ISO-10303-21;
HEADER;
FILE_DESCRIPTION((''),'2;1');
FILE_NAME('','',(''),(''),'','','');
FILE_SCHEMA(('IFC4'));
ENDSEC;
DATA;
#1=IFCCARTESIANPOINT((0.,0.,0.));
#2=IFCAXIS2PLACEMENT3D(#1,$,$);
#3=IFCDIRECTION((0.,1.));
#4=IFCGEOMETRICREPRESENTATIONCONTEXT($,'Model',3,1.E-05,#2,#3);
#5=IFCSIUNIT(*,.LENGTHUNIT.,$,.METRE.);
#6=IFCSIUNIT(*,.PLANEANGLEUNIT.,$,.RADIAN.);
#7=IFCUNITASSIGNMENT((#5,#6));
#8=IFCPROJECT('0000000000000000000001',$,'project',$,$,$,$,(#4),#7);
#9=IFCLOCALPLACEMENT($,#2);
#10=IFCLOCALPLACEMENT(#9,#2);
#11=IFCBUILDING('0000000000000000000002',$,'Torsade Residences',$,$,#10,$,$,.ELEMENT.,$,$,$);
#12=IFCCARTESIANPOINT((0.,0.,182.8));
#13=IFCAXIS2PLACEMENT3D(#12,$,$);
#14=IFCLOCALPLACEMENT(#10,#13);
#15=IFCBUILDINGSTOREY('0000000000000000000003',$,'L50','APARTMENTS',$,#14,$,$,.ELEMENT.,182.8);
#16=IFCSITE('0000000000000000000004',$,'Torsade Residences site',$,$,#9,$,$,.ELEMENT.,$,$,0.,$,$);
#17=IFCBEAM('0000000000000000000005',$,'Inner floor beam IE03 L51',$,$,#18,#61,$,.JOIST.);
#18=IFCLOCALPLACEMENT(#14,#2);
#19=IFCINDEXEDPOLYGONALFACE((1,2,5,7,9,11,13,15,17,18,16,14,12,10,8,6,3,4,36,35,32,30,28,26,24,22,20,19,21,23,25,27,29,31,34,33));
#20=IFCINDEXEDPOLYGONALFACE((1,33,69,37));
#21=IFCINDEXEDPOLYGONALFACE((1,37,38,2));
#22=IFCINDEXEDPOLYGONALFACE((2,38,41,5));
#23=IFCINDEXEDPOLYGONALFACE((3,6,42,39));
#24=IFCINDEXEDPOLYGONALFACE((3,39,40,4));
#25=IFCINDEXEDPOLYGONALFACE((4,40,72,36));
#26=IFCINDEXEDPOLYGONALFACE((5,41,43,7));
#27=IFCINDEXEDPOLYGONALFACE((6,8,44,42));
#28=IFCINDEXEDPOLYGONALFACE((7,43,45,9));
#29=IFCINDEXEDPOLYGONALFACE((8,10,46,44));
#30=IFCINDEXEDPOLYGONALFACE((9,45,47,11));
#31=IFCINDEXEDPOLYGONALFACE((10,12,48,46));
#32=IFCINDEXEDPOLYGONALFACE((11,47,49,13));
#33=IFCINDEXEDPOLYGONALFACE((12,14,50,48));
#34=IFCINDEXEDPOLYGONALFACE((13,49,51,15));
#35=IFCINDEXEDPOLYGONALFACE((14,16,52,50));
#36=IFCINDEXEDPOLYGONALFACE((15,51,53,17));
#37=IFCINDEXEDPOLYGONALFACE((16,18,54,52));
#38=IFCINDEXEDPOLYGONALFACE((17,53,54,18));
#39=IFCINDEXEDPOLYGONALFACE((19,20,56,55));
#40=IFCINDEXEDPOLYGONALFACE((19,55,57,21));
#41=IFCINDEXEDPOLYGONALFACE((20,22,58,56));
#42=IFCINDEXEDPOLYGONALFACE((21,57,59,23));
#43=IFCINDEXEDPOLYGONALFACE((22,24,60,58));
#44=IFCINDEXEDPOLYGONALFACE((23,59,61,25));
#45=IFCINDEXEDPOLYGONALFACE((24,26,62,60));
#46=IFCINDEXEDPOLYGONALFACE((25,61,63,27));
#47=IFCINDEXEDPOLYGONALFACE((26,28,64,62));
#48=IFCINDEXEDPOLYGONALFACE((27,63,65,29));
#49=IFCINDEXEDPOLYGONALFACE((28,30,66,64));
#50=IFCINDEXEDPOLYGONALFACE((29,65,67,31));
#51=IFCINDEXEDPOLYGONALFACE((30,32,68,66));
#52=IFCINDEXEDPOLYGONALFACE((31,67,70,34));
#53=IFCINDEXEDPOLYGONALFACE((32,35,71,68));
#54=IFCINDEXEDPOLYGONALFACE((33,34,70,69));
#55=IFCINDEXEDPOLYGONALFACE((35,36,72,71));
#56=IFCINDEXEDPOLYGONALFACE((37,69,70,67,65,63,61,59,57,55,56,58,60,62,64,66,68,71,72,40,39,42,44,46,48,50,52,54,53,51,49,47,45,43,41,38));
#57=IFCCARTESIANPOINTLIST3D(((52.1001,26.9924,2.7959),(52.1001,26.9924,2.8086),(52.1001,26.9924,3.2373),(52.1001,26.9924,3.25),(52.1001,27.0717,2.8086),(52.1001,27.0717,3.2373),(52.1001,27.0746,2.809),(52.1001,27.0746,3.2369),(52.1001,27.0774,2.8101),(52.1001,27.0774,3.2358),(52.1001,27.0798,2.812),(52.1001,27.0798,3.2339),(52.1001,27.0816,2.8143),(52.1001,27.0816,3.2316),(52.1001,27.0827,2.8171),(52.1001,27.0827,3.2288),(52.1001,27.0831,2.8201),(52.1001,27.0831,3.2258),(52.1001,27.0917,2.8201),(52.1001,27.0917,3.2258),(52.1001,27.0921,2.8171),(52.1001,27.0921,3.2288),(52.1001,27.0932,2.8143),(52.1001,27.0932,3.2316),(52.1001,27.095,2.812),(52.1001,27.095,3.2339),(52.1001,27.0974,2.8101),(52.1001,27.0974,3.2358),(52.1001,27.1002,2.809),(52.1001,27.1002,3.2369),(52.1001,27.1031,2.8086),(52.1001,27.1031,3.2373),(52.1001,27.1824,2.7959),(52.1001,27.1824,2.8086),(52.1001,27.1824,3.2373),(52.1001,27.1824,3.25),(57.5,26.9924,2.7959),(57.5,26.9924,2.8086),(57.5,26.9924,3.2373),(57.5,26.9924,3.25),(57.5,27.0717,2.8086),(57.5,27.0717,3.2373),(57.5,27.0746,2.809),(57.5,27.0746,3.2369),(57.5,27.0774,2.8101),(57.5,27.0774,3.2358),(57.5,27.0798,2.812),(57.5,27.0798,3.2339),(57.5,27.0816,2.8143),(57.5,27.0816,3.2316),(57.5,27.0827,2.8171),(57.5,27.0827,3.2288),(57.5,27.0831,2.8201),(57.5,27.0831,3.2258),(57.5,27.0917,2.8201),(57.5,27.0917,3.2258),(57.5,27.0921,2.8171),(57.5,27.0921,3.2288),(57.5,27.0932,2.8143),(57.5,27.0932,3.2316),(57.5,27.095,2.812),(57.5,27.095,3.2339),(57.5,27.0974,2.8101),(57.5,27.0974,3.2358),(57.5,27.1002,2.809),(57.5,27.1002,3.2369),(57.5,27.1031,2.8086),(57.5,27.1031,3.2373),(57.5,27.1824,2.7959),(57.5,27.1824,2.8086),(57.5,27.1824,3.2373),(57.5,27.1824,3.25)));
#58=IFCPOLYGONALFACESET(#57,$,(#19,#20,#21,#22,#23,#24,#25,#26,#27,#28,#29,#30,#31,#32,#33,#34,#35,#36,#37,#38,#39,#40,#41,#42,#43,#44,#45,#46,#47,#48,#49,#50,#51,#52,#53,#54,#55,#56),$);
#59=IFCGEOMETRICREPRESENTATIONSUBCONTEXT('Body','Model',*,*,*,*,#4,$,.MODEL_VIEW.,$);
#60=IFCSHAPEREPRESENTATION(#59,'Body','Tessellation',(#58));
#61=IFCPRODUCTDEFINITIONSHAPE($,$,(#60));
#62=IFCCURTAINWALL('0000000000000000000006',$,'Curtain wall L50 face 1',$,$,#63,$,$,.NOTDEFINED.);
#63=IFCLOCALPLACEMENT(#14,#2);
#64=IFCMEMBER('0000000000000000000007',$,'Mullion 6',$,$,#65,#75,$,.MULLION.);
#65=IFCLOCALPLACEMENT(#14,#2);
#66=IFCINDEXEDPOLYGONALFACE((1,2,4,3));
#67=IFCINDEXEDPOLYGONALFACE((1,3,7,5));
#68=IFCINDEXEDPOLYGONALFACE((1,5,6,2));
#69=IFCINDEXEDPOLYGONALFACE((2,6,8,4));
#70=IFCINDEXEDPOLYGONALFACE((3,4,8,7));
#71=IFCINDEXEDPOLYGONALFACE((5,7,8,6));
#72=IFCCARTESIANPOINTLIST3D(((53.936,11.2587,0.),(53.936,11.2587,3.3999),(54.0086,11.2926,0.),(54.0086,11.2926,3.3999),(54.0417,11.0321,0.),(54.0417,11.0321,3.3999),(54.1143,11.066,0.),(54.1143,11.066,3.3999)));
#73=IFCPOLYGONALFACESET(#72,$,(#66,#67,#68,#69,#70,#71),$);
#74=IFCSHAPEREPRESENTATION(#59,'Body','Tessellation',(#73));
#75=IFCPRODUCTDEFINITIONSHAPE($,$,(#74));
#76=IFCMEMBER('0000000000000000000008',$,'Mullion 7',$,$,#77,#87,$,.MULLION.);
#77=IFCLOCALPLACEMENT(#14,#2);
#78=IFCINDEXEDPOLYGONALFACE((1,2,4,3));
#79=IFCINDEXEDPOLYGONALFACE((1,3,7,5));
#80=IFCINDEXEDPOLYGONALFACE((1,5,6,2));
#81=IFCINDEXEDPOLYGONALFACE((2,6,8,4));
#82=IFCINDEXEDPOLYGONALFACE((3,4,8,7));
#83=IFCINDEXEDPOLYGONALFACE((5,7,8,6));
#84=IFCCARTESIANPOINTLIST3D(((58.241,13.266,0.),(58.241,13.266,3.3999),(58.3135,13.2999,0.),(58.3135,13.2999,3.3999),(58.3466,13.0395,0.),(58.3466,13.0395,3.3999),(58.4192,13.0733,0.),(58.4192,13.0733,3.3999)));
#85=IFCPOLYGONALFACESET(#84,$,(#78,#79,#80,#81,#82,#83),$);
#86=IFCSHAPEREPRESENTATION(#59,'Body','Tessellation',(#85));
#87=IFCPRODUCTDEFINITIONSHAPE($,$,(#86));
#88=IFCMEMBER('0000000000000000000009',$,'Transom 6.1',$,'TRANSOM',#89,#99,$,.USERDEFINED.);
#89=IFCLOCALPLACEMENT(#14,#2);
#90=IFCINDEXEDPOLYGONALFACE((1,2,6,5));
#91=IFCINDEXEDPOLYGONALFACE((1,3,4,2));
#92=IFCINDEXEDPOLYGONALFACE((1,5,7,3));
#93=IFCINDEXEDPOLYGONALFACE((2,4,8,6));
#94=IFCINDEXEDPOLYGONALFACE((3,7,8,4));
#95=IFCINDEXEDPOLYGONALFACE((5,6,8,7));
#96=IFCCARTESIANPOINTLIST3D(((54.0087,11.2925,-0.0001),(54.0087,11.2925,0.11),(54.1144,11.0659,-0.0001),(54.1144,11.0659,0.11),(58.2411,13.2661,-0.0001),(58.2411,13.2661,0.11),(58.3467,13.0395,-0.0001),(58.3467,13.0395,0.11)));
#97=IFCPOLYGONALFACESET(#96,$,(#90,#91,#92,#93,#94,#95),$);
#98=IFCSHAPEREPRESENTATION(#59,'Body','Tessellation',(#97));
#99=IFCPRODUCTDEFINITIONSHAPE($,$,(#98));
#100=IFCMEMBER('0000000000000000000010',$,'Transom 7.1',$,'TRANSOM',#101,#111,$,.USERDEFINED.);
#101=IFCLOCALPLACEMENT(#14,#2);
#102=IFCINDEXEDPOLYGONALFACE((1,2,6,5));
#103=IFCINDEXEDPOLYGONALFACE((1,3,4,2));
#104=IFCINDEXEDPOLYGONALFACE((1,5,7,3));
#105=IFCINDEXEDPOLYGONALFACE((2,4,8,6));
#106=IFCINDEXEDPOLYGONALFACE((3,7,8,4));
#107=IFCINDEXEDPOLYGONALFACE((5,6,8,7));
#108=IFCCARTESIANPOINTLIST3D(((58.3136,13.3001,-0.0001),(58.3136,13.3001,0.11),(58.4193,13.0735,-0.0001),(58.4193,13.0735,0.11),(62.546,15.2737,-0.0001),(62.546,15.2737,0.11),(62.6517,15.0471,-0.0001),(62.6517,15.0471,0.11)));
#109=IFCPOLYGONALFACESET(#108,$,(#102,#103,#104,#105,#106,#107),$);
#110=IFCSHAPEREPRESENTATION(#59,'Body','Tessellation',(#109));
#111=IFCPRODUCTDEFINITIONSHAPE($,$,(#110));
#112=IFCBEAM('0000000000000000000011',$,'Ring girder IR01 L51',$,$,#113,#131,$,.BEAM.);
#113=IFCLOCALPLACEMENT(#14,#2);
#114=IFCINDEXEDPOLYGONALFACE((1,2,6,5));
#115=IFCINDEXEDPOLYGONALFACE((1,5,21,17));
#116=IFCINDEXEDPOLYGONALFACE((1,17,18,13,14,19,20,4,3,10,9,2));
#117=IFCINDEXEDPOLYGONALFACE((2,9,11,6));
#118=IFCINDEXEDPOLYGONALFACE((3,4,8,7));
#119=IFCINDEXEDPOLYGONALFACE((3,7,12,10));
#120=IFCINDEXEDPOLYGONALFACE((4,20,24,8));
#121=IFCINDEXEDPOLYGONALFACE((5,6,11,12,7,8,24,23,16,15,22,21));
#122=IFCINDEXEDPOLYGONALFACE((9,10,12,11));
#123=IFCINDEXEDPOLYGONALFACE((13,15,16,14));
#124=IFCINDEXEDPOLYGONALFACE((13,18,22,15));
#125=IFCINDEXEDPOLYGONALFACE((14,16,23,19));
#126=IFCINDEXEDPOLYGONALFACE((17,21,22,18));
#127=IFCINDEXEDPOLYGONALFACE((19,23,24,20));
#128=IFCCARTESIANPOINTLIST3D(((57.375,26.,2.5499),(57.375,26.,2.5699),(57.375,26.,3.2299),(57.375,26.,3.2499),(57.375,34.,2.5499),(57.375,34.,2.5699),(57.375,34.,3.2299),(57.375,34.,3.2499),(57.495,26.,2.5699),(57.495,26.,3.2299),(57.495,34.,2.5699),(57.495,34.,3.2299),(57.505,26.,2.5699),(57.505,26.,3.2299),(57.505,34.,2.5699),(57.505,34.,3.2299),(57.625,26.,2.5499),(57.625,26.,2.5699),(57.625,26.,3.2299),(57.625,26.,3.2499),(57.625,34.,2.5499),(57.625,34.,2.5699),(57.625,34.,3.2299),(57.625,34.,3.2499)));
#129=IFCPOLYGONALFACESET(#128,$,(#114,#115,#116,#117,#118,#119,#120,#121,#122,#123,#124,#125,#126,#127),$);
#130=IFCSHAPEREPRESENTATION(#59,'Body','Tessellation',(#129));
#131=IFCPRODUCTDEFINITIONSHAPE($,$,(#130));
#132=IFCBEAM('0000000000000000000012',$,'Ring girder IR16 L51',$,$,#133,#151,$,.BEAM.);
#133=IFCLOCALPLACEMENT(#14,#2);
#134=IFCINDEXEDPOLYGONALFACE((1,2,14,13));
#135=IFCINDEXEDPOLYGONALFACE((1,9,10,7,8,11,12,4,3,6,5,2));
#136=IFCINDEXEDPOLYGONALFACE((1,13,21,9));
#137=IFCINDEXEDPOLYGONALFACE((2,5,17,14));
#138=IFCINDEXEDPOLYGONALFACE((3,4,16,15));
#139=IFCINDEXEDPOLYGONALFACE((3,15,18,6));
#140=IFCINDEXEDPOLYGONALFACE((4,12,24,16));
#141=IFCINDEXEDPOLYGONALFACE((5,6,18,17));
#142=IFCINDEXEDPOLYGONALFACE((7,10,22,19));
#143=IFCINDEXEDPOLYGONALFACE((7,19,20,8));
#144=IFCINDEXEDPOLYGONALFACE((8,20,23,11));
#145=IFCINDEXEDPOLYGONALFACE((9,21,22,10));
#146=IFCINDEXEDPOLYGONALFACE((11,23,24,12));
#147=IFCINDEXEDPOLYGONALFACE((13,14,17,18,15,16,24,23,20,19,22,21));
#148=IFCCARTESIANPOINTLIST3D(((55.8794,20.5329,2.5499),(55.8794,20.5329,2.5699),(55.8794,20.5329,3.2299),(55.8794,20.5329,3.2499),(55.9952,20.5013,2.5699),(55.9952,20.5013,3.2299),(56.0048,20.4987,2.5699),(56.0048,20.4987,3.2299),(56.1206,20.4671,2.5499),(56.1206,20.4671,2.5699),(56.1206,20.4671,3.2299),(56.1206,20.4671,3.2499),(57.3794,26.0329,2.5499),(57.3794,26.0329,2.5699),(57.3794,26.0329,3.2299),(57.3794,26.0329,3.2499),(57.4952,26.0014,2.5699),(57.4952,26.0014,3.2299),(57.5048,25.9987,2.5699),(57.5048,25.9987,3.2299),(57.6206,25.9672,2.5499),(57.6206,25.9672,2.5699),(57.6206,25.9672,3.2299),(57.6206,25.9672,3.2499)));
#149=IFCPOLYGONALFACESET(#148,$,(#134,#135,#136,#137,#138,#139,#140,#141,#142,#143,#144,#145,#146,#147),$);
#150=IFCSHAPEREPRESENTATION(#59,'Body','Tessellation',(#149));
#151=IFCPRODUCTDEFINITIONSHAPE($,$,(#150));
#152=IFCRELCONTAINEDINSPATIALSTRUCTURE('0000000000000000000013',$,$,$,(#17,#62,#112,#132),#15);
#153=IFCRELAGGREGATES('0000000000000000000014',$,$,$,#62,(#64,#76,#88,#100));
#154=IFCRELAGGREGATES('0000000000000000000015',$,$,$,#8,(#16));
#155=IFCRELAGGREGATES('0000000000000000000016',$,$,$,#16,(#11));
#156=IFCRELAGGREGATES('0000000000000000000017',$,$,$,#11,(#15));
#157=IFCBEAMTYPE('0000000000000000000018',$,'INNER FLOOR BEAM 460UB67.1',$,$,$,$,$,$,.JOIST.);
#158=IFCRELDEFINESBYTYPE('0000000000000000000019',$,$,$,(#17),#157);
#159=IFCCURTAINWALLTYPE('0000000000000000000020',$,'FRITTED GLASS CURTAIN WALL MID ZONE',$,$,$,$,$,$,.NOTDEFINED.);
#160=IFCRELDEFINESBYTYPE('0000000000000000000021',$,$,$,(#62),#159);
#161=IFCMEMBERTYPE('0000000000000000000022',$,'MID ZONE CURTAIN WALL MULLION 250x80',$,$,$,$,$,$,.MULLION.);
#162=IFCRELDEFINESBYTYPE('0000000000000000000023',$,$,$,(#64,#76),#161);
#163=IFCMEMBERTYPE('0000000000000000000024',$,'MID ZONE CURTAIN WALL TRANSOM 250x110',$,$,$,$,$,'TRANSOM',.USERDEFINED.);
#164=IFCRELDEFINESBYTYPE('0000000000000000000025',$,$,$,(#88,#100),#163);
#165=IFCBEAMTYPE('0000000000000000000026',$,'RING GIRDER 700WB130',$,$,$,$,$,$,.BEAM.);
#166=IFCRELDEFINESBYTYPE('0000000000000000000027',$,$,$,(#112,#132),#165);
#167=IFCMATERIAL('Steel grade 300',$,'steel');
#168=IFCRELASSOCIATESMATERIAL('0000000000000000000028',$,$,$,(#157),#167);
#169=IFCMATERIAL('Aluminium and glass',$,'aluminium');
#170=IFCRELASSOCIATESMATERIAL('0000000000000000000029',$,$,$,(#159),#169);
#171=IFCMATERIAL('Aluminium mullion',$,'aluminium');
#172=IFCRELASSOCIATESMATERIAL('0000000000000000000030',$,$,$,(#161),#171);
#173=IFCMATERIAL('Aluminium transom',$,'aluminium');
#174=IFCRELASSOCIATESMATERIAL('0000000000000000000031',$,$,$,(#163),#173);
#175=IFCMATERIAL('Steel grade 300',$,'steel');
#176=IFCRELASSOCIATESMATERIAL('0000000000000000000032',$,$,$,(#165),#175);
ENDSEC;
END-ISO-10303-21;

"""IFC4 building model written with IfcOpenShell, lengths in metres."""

from ifc_helpers import new_model, si_unit, direction, frame, origin, origin_2d, place, context, subcontext, project, spatial, rectangle, i_section, extrude, material, material_profile, profile_set, type_object, element, aggregate, save


model = new_model("IFC4")

# Units and contexts
model_context = context("Model", 3, precision=1e-05, world=origin(), true_north=direction((0.0, 1.0)))
body_context = subcontext(model_context, "Body", "Model", "MODEL_VIEW")
ifc_project = project(units=[si_unit("LENGTHUNIT", "METRE"), si_unit("PLANEANGLEUNIT", "RADIAN")], contexts=[model_context])

# Site, building, storey
site_placement = place(None, origin())
site = spatial("IfcSite", under=ifc_project, at=site_placement, Name="Torsade Residences site", CompositionType="ELEMENT", RefElevation=0.0)
building_placement = place(site_placement, origin())
building = spatial("IfcBuilding", under=site, at=building_placement, Name="Torsade Residences", CompositionType="ELEMENT")
storey_placement = place(building_placement, frame((0.0, 0.0, 182.8)))
storey = spatial("IfcBuildingStorey", under=building, at=storey_placement, Name="L50", Description="APARTMENTS", CompositionType="ELEMENT", Elevation=182.8)

# Beam
ifc_material_1 = material(Name="Steel grade 300", Category="steel")
ifc_material_profile_1 = material_profile(ifc_material_1, i_section(OverallWidth=0.1899, OverallDepth=0.4541, WebThickness=0.0085, FlangeThickness=0.0127, FilletRadius=0.0115, at=origin_2d()), Name="460UB67.1")
ifc_profile_set_1 = profile_set([ifc_material_profile_1], Name="Steel grade 300")
beam_type_1 = type_object("IfcBeamType", Name="INNER FLOOR BEAM 460UB67.1", PredefinedType="JOIST", material=ifc_profile_set_1)
beam_1_placement = place(storey_placement, frame((52.1001, 27.0874, 3.0229), z_axis=(1.0, 0.0, 0.0), x_axis=(0.0, 1.0, 0.0)))
element("IfcBeam", 1, at=beam_1_placement, inside=storey, type_object=beam_type_1, Name="Inner floor beam IE03 L51", PredefinedType="JOIST", context=body_context, shape_type="SweptSolid", body=[
    extrude(i_section(OverallWidth=0.1899, OverallDepth=0.4541, WebThickness=0.0085, FlangeThickness=0.0127, FilletRadius=0.0115, at=origin_2d()), origin(), (0.0, 0.0, 1.0), 5.3999),
])

# Curtain wall, members
ifc_material_2 = material(Name="Aluminium and glass", Category="aluminium")
curtain_wall_type = type_object("IfcCurtainWallType", Name="FRITTED GLASS CURTAIN WALL MID ZONE", PredefinedType="NOTDEFINED", material=ifc_material_2)
curtain_wall_placement = place(storey_placement, origin())
curtain_wall = element("IfcCurtainWall", 2, at=curtain_wall_placement, inside=storey, type_object=curtain_wall_type, Name="Curtain wall L50 face 1", PredefinedType="NOTDEFINED")
ifc_material_3 = material(Name="Aluminium mullion", Category="aluminium")
ifc_material_profile_2 = material_profile(ifc_material_3, rectangle(XDim=0.25, YDim=0.0801, at=origin_2d()), Name="MID ZONE CURTAIN WALL MULLION 250x80")
ifc_profile_set_2 = profile_set([ifc_material_profile_2], Name="Aluminium mullion")
member_type_1 = type_object("IfcMemberType", Name="MID ZONE CURTAIN WALL MULLION 250x80", PredefinedType="MULLION", material=ifc_profile_set_2)
member_1_placement = place(storey_placement, frame((54.0251, 11.1624, 0.0), z_axis=(0.0, 0.0, 1.0), x_axis=(-0.422618, 0.906308, 0.0)))
member_1 = element("IfcMember", 3, at=member_1_placement, type_object=member_type_1, Name="Mullion 6", PredefinedType="MULLION", context=body_context, shape_type="SweptSolid", body=[
    extrude(rectangle(XDim=0.25, YDim=0.0801, at=origin_2d()), origin(), (0.0, 0.0, 1.0), 3.3999),
])
member_2_placement = place(storey_placement, frame((58.3301, 13.1697, 0.0), z_axis=(0.0, 0.0, 1.0), x_axis=(-0.422618, 0.906308, 0.0)))
member_2 = element("IfcMember", 4, at=member_2_placement, type_object=member_type_1, Name="Mullion 7", PredefinedType="MULLION", context=body_context, shape_type="SweptSolid", body=[
    extrude(rectangle(XDim=0.25, YDim=0.0801, at=origin_2d()), origin(), (0.0, 0.0, 1.0), 3.3999),
])
ifc_material_4 = material(Name="Aluminium transom", Category="aluminium")
ifc_material_profile_3 = material_profile(ifc_material_4, rectangle(XDim=0.25, YDim=0.1101, at=origin_2d()), Name="MID ZONE CURTAIN WALL TRANSOM 250x110")
ifc_profile_set_3 = profile_set([ifc_material_profile_3], Name="Aluminium transom")
member_type_2 = type_object("IfcMemberType", Name="MID ZONE CURTAIN WALL TRANSOM 250x110", ElementType="TRANSOM", PredefinedType="USERDEFINED", material=ifc_profile_set_3)
member_3_placement = place(storey_placement, frame((54.0615, 11.1792, 0.0549), z_axis=(0.906306, 0.422622, 0.0), x_axis=(-0.422622, 0.906306, 0.0)))
member_3 = element("IfcMember", 5, at=member_3_placement, type_object=member_type_2, Name="Transom 6.1", ObjectType="TRANSOM", PredefinedType="USERDEFINED", context=body_context, shape_type="SweptSolid", body=[
    extrude(rectangle(XDim=0.25, YDim=0.1101, at=origin_2d()), origin(), (0.0, 0.0, 1.0), 4.6699),
])
member_4_placement = place(storey_placement, frame((58.3665, 13.1868, 0.0549), z_axis=(0.906306, 0.422622, 0.0), x_axis=(-0.422622, 0.906306, 0.0)))
member_4 = element("IfcMember", 6, at=member_4_placement, type_object=member_type_2, Name="Transom 7.1", ObjectType="TRANSOM", PredefinedType="USERDEFINED", context=body_context, shape_type="SweptSolid", body=[
    extrude(rectangle(XDim=0.25, YDim=0.1101, at=origin_2d()), origin(), (0.0, 0.0, 1.0), 4.6699),
])

# Beams
ifc_material_5 = material(Name="Steel grade 300", Category="steel")
ifc_material_profile_4 = material_profile(ifc_material_5, i_section(OverallWidth=0.25, OverallDepth=0.7, WebThickness=0.01, FlangeThickness=0.02, at=origin_2d()), Name="700WB130")
ifc_profile_set_4 = profile_set([ifc_material_profile_4], Name="Steel grade 300")
beam_type_2 = type_object("IfcBeamType", Name="RING GIRDER 700WB130", PredefinedType="BEAM", material=ifc_profile_set_4)
beam_2_placement = place(storey_placement, frame((57.5, 26.0, 2.8999), z_axis=(0.0, 1.0, 0.0), x_axis=(-1.0, 0.0, 0.0)))
element("IfcBeam", 7, at=beam_2_placement, inside=storey, type_object=beam_type_2, Name="Ring girder IR01 L51", PredefinedType="BEAM", context=body_context, shape_type="SweptSolid", body=[
    extrude(i_section(OverallWidth=0.25, OverallDepth=0.7, WebThickness=0.01, FlangeThickness=0.02, at=origin_2d()), origin(), (0.0, 0.0, 1.0), 8.0),
])
beam_3_placement = place(storey_placement, frame((56.0, 20.5, 2.8999), z_axis=(0.263117, 0.964764, 0.0), x_axis=(-0.964764, 0.263117, 0.0)))
element("IfcBeam", 8, at=beam_3_placement, inside=storey, type_object=beam_type_2, Name="Ring girder IR16 L51", PredefinedType="BEAM", context=body_context, shape_type="SweptSolid", body=[
    extrude(i_section(OverallWidth=0.25, OverallDepth=0.7, WebThickness=0.01, FlangeThickness=0.02, at=origin_2d()), origin(), (0.0, 0.0, 1.0), 5.7009),
])

aggregate(curtain_wall, [member_1, member_2, member_3, member_4])

save(model, "model.ifc")
